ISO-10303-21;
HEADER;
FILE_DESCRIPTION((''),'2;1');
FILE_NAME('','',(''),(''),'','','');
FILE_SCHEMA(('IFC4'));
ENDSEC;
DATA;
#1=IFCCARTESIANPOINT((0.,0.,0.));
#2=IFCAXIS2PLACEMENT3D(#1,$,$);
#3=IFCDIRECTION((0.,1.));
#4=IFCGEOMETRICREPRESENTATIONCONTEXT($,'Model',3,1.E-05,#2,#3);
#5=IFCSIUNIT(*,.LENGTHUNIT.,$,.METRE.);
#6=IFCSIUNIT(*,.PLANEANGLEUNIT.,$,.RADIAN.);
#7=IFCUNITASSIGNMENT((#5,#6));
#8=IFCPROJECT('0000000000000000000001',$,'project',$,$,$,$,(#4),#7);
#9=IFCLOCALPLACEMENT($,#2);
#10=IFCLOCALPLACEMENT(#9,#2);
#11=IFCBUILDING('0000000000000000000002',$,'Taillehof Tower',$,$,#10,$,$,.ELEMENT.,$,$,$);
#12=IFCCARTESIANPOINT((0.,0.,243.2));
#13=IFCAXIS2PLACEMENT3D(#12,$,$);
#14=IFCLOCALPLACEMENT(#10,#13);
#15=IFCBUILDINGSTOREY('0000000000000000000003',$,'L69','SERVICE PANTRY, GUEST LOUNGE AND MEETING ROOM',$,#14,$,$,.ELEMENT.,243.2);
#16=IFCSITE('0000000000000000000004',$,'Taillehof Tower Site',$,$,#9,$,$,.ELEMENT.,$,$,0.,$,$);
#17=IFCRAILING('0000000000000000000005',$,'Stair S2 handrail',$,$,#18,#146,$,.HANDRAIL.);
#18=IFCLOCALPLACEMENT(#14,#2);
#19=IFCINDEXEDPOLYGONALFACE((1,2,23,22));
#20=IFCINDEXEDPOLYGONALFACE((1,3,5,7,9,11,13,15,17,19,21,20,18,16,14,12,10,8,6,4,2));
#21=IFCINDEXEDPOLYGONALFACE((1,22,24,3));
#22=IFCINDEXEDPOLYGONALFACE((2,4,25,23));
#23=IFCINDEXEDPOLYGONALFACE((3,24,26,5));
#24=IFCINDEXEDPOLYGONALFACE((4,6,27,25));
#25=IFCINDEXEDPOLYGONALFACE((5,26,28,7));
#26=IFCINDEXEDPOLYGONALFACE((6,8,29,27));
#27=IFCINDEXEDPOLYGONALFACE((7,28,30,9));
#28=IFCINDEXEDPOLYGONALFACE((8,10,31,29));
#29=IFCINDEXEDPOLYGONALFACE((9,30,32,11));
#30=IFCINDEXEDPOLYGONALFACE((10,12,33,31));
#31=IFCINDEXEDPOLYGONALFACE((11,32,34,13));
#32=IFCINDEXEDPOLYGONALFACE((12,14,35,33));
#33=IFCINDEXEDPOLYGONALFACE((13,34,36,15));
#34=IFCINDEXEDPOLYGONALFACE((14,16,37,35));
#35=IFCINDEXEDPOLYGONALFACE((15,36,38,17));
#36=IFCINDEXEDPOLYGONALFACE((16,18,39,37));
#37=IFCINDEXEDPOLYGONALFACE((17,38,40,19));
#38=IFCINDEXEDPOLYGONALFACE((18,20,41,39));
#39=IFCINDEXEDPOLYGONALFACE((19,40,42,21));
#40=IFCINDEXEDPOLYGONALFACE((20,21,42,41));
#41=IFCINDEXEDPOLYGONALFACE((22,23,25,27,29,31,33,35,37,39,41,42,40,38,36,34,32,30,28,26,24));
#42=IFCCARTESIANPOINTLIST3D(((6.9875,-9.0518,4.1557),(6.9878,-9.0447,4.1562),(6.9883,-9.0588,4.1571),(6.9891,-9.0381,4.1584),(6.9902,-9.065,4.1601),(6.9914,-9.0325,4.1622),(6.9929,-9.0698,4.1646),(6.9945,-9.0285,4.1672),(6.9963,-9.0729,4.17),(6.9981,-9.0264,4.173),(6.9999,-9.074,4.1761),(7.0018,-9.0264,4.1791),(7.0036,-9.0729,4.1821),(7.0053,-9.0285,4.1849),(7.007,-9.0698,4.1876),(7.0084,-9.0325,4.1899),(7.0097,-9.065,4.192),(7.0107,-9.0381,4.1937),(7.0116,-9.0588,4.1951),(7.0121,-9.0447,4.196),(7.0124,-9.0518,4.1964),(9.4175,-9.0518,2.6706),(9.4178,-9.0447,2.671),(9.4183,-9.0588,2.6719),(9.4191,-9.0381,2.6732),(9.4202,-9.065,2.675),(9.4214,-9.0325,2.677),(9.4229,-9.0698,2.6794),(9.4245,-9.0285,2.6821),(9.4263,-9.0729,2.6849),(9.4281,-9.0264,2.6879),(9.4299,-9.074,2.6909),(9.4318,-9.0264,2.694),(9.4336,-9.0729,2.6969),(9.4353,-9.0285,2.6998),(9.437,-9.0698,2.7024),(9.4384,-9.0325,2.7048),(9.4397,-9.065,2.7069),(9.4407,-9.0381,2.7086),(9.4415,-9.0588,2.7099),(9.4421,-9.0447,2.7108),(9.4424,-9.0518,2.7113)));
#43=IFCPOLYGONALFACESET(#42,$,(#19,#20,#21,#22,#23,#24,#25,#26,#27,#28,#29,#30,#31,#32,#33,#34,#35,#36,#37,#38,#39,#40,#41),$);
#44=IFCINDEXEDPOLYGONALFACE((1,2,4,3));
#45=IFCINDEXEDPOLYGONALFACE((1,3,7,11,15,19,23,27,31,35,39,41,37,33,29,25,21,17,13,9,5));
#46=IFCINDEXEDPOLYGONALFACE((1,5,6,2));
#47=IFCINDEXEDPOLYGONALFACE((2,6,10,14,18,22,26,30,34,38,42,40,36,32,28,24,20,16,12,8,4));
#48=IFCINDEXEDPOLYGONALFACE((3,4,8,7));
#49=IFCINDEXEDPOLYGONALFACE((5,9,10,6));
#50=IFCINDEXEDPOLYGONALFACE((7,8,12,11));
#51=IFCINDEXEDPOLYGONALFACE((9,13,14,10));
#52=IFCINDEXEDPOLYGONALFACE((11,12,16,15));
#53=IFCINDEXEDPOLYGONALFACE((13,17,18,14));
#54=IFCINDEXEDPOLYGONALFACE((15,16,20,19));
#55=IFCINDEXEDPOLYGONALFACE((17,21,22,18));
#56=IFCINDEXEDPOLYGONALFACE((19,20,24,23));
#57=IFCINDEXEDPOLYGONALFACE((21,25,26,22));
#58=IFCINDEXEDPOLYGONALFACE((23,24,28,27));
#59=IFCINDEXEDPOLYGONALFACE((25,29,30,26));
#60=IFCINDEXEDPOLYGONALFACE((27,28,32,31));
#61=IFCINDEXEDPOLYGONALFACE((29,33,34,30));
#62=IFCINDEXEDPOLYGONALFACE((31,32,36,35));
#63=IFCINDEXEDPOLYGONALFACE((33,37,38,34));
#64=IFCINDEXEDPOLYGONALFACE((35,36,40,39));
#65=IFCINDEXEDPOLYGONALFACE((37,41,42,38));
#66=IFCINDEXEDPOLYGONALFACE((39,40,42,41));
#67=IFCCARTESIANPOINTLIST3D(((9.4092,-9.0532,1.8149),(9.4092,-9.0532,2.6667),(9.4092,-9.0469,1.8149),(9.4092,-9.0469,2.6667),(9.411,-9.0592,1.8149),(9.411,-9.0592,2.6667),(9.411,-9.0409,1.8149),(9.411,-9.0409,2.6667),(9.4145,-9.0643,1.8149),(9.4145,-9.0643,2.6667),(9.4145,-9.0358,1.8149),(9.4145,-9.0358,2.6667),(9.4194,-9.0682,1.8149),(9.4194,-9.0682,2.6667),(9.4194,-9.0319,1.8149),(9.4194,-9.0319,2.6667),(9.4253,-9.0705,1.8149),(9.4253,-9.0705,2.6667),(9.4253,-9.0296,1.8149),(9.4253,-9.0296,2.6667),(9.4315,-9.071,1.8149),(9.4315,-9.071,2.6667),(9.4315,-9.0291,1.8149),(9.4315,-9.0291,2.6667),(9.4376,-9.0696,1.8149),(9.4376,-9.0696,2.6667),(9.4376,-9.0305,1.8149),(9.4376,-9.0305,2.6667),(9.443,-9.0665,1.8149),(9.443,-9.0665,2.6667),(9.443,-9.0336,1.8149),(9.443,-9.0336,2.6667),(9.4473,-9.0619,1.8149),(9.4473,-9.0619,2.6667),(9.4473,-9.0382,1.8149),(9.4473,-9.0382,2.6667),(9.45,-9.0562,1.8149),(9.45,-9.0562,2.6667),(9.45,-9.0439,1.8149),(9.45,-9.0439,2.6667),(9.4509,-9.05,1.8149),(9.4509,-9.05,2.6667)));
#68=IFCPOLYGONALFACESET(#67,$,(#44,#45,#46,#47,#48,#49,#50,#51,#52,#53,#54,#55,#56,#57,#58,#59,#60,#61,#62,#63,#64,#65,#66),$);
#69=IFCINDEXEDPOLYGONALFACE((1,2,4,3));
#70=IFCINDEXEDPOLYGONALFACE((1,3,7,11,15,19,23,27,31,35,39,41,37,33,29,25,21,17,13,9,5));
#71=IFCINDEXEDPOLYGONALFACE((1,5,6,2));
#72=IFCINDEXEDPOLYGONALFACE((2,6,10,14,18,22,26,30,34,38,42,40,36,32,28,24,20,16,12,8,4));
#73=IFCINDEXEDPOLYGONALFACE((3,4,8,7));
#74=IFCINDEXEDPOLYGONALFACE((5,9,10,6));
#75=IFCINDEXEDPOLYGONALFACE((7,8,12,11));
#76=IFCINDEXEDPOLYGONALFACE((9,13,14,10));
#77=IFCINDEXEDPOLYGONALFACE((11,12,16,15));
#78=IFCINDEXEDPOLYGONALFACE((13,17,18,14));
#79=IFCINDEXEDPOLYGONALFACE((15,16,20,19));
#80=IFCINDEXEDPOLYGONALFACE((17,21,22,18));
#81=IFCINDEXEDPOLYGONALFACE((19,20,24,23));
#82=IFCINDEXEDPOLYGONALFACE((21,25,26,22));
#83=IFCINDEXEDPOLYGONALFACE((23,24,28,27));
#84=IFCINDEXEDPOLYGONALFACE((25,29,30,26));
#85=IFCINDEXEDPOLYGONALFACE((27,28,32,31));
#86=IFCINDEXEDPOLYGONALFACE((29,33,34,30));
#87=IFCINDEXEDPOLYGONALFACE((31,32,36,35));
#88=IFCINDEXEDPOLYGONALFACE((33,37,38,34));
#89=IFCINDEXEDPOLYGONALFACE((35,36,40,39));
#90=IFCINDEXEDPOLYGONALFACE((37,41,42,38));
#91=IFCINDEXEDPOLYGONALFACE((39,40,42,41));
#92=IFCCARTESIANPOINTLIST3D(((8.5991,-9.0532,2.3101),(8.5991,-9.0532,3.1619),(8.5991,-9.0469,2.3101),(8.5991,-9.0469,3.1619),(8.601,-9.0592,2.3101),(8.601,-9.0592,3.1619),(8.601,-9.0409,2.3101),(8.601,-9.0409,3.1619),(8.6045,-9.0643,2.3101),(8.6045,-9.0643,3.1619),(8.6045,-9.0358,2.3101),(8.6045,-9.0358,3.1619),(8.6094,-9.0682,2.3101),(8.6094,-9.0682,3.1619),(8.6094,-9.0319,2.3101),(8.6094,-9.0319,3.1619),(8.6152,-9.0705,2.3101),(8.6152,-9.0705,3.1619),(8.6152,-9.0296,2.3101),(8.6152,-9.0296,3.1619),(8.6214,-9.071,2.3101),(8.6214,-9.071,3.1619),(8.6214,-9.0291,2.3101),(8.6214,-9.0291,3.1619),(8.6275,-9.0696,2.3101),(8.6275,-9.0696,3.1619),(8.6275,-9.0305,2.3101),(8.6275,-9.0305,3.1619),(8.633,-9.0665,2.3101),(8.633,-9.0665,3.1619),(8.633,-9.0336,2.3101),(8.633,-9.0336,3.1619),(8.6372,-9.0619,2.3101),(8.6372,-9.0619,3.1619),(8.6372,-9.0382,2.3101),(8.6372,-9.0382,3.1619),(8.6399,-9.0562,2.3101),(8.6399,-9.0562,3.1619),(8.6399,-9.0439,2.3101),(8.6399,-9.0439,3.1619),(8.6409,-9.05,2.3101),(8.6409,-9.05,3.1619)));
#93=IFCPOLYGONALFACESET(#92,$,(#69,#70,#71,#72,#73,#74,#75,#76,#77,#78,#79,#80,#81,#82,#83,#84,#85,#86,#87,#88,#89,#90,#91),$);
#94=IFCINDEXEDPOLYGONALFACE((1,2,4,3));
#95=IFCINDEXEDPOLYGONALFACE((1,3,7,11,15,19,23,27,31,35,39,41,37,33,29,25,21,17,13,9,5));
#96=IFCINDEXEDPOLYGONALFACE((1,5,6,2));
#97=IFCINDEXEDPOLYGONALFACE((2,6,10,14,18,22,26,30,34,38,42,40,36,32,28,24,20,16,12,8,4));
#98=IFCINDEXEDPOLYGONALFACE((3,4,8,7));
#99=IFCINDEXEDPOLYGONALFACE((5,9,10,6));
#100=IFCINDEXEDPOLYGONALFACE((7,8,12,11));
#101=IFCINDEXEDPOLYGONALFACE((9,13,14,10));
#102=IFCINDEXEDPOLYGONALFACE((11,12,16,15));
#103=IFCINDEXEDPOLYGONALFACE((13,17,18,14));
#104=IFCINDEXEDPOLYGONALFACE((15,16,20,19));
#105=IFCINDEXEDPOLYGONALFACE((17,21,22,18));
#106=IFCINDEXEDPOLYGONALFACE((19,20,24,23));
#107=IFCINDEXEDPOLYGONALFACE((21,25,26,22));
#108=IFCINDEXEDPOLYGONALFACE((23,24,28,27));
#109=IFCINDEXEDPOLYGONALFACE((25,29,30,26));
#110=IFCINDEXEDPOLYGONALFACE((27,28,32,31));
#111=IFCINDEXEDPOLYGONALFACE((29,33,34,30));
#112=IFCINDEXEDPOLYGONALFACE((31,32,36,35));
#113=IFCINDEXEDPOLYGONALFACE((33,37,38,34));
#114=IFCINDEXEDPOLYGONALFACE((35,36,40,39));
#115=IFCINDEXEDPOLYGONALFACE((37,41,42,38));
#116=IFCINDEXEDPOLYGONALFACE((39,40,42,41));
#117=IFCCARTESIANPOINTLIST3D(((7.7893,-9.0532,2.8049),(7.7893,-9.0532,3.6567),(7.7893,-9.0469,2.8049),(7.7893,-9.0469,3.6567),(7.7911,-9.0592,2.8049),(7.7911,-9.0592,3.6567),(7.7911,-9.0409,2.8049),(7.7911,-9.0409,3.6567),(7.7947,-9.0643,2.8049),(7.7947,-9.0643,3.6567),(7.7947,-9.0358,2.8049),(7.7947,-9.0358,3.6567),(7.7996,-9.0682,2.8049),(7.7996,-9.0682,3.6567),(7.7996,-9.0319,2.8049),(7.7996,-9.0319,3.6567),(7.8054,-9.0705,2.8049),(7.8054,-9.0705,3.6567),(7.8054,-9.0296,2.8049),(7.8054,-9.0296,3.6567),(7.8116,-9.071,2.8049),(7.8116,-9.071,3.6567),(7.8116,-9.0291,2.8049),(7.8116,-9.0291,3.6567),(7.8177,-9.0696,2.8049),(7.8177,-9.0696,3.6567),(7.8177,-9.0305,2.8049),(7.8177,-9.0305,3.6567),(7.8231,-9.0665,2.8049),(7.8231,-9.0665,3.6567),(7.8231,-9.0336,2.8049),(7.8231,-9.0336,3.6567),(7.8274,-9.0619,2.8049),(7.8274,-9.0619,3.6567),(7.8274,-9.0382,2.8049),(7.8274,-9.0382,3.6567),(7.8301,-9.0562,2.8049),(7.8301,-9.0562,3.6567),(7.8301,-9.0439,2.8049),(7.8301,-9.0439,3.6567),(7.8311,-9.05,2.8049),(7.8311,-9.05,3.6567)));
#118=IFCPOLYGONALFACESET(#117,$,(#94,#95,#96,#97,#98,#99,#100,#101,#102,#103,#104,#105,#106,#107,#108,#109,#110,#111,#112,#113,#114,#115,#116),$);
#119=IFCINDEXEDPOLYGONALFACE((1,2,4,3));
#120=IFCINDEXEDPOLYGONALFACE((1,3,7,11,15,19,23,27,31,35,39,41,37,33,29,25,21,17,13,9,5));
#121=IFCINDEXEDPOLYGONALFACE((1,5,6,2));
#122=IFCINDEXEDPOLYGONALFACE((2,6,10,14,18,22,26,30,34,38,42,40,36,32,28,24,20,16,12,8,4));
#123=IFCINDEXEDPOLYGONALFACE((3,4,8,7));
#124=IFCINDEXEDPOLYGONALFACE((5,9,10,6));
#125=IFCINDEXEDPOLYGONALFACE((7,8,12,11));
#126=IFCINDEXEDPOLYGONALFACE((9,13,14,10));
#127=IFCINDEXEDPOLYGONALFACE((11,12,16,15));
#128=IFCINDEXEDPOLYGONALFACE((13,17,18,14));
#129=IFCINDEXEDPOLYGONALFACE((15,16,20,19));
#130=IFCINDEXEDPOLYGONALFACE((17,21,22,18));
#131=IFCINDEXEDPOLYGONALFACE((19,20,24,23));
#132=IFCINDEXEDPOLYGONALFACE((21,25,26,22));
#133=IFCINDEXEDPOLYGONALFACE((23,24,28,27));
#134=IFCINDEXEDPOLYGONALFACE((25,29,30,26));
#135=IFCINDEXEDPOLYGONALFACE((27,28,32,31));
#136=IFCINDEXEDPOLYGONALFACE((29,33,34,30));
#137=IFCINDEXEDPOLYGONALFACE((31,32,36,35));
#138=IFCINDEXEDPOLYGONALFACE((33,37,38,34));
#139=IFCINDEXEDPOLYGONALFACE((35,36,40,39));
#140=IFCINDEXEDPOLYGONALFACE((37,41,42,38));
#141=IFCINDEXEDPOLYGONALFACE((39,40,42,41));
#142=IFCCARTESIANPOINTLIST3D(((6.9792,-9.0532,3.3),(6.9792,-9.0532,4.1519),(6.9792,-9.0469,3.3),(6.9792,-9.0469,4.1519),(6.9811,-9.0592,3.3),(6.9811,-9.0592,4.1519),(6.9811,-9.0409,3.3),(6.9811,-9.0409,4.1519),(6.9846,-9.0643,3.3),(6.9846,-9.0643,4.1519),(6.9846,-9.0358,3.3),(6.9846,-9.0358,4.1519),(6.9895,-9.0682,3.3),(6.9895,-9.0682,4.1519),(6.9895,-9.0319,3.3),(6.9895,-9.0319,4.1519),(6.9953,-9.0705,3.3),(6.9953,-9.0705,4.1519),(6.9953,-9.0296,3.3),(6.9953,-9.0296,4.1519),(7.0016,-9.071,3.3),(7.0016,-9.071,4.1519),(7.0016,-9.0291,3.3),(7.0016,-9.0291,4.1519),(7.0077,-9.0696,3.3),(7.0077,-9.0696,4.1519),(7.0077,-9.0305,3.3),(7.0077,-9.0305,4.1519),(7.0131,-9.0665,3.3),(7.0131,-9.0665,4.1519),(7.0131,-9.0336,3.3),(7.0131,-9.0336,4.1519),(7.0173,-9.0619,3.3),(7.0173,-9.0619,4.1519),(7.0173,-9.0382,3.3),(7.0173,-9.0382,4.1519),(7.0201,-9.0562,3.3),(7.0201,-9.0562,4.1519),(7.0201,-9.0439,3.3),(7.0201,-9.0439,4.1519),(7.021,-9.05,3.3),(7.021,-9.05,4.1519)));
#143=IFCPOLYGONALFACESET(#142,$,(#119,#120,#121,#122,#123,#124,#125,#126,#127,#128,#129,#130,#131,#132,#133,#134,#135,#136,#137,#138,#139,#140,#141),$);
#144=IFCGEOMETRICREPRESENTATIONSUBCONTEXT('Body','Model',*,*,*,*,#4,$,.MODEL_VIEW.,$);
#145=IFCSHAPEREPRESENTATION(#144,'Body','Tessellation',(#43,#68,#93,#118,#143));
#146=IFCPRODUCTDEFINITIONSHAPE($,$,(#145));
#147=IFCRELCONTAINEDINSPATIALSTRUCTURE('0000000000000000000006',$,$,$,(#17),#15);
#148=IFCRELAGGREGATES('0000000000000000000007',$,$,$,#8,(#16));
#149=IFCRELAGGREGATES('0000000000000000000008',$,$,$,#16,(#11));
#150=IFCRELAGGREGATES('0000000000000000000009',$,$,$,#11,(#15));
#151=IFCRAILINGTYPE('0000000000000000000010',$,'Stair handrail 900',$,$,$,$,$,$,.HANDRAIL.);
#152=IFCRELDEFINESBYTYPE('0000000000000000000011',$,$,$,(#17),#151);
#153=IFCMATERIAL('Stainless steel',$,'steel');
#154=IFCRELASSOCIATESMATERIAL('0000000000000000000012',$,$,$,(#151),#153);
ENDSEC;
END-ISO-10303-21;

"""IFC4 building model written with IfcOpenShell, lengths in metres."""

from ifc_helpers import new_model, si_unit, direction, frame, origin, origin_2d, place, context, subcontext, project, spatial, circle, extrude, material, type_object, element, save


model = new_model("IFC4")

# Units and contexts
model_context = context("Model", 3, precision=1e-05, world=origin(), true_north=direction((0.0, 1.0)))
body_context = subcontext(model_context, "Body", "Model", "MODEL_VIEW")
ifc_project = project(units=[si_unit("LENGTHUNIT", "METRE"), si_unit("PLANEANGLEUNIT", "RADIAN")], contexts=[model_context])

# Site, building, storey
site_placement = place(None, origin())
site = spatial("IfcSite", under=ifc_project, at=site_placement, Name="Taillehof Tower Site", CompositionType="ELEMENT", RefElevation=0.0)
building_placement = place(site_placement, origin())
building = spatial("IfcBuilding", under=site, at=building_placement, Name="Taillehof Tower", CompositionType="ELEMENT")
storey_placement = place(building_placement, frame((0.0, 0.0, 243.2)))
storey = spatial("IfcBuildingStorey", under=building, at=storey_placement, Name="L69", Description="SERVICE PANTRY, GUEST LOUNGE AND MEETING ROOM", CompositionType="ELEMENT", Elevation=243.2)

# Railing
ifc_material_1 = material(Name="Stainless steel", Category="steel")
railing_type = type_object("IfcRailingType", Name="Stair handrail 900", PredefinedType="HANDRAIL", material=ifc_material_1)
railing_placement = place(storey_placement, frame((9.4299, -9.05, 1.8149)))
element("IfcRailing", 1, at=railing_placement, inside=storey, type_object=railing_type, Name="Stair S2 handrail", PredefinedType="HANDRAIL", context=body_context, shape_type="SweptSolid", body=[
    extrude(circle(Radius=0.0239, at=origin_2d()), frame((0.0, 0.0, 0.876), z_axis=(-0.853259, 0.0, 0.521488), x_axis=(0.0, -1.0, 0.0)), (0.0, 0.0, 1.0), 2.8479),
    extrude(circle(Radius=0.021, at=origin_2d()), origin(), (0.0, 0.0, 1.0), 0.8518),
    extrude(circle(Radius=0.021, at=origin_2d()), frame((-0.8101, 0.0, 0.4951)), (0.0, 0.0, 1.0), 0.8518),
    extrude(circle(Radius=0.021, at=origin_2d()), frame((-1.6199, 0.0, 0.99)), (0.0, 0.0, 1.0), 0.8518),
    extrude(circle(Radius=0.021, at=origin_2d()), frame((-2.4299, 0.0, 1.4851)), (0.0, 0.0, 1.0), 0.8518),
])

save(model, "model.ifc")
